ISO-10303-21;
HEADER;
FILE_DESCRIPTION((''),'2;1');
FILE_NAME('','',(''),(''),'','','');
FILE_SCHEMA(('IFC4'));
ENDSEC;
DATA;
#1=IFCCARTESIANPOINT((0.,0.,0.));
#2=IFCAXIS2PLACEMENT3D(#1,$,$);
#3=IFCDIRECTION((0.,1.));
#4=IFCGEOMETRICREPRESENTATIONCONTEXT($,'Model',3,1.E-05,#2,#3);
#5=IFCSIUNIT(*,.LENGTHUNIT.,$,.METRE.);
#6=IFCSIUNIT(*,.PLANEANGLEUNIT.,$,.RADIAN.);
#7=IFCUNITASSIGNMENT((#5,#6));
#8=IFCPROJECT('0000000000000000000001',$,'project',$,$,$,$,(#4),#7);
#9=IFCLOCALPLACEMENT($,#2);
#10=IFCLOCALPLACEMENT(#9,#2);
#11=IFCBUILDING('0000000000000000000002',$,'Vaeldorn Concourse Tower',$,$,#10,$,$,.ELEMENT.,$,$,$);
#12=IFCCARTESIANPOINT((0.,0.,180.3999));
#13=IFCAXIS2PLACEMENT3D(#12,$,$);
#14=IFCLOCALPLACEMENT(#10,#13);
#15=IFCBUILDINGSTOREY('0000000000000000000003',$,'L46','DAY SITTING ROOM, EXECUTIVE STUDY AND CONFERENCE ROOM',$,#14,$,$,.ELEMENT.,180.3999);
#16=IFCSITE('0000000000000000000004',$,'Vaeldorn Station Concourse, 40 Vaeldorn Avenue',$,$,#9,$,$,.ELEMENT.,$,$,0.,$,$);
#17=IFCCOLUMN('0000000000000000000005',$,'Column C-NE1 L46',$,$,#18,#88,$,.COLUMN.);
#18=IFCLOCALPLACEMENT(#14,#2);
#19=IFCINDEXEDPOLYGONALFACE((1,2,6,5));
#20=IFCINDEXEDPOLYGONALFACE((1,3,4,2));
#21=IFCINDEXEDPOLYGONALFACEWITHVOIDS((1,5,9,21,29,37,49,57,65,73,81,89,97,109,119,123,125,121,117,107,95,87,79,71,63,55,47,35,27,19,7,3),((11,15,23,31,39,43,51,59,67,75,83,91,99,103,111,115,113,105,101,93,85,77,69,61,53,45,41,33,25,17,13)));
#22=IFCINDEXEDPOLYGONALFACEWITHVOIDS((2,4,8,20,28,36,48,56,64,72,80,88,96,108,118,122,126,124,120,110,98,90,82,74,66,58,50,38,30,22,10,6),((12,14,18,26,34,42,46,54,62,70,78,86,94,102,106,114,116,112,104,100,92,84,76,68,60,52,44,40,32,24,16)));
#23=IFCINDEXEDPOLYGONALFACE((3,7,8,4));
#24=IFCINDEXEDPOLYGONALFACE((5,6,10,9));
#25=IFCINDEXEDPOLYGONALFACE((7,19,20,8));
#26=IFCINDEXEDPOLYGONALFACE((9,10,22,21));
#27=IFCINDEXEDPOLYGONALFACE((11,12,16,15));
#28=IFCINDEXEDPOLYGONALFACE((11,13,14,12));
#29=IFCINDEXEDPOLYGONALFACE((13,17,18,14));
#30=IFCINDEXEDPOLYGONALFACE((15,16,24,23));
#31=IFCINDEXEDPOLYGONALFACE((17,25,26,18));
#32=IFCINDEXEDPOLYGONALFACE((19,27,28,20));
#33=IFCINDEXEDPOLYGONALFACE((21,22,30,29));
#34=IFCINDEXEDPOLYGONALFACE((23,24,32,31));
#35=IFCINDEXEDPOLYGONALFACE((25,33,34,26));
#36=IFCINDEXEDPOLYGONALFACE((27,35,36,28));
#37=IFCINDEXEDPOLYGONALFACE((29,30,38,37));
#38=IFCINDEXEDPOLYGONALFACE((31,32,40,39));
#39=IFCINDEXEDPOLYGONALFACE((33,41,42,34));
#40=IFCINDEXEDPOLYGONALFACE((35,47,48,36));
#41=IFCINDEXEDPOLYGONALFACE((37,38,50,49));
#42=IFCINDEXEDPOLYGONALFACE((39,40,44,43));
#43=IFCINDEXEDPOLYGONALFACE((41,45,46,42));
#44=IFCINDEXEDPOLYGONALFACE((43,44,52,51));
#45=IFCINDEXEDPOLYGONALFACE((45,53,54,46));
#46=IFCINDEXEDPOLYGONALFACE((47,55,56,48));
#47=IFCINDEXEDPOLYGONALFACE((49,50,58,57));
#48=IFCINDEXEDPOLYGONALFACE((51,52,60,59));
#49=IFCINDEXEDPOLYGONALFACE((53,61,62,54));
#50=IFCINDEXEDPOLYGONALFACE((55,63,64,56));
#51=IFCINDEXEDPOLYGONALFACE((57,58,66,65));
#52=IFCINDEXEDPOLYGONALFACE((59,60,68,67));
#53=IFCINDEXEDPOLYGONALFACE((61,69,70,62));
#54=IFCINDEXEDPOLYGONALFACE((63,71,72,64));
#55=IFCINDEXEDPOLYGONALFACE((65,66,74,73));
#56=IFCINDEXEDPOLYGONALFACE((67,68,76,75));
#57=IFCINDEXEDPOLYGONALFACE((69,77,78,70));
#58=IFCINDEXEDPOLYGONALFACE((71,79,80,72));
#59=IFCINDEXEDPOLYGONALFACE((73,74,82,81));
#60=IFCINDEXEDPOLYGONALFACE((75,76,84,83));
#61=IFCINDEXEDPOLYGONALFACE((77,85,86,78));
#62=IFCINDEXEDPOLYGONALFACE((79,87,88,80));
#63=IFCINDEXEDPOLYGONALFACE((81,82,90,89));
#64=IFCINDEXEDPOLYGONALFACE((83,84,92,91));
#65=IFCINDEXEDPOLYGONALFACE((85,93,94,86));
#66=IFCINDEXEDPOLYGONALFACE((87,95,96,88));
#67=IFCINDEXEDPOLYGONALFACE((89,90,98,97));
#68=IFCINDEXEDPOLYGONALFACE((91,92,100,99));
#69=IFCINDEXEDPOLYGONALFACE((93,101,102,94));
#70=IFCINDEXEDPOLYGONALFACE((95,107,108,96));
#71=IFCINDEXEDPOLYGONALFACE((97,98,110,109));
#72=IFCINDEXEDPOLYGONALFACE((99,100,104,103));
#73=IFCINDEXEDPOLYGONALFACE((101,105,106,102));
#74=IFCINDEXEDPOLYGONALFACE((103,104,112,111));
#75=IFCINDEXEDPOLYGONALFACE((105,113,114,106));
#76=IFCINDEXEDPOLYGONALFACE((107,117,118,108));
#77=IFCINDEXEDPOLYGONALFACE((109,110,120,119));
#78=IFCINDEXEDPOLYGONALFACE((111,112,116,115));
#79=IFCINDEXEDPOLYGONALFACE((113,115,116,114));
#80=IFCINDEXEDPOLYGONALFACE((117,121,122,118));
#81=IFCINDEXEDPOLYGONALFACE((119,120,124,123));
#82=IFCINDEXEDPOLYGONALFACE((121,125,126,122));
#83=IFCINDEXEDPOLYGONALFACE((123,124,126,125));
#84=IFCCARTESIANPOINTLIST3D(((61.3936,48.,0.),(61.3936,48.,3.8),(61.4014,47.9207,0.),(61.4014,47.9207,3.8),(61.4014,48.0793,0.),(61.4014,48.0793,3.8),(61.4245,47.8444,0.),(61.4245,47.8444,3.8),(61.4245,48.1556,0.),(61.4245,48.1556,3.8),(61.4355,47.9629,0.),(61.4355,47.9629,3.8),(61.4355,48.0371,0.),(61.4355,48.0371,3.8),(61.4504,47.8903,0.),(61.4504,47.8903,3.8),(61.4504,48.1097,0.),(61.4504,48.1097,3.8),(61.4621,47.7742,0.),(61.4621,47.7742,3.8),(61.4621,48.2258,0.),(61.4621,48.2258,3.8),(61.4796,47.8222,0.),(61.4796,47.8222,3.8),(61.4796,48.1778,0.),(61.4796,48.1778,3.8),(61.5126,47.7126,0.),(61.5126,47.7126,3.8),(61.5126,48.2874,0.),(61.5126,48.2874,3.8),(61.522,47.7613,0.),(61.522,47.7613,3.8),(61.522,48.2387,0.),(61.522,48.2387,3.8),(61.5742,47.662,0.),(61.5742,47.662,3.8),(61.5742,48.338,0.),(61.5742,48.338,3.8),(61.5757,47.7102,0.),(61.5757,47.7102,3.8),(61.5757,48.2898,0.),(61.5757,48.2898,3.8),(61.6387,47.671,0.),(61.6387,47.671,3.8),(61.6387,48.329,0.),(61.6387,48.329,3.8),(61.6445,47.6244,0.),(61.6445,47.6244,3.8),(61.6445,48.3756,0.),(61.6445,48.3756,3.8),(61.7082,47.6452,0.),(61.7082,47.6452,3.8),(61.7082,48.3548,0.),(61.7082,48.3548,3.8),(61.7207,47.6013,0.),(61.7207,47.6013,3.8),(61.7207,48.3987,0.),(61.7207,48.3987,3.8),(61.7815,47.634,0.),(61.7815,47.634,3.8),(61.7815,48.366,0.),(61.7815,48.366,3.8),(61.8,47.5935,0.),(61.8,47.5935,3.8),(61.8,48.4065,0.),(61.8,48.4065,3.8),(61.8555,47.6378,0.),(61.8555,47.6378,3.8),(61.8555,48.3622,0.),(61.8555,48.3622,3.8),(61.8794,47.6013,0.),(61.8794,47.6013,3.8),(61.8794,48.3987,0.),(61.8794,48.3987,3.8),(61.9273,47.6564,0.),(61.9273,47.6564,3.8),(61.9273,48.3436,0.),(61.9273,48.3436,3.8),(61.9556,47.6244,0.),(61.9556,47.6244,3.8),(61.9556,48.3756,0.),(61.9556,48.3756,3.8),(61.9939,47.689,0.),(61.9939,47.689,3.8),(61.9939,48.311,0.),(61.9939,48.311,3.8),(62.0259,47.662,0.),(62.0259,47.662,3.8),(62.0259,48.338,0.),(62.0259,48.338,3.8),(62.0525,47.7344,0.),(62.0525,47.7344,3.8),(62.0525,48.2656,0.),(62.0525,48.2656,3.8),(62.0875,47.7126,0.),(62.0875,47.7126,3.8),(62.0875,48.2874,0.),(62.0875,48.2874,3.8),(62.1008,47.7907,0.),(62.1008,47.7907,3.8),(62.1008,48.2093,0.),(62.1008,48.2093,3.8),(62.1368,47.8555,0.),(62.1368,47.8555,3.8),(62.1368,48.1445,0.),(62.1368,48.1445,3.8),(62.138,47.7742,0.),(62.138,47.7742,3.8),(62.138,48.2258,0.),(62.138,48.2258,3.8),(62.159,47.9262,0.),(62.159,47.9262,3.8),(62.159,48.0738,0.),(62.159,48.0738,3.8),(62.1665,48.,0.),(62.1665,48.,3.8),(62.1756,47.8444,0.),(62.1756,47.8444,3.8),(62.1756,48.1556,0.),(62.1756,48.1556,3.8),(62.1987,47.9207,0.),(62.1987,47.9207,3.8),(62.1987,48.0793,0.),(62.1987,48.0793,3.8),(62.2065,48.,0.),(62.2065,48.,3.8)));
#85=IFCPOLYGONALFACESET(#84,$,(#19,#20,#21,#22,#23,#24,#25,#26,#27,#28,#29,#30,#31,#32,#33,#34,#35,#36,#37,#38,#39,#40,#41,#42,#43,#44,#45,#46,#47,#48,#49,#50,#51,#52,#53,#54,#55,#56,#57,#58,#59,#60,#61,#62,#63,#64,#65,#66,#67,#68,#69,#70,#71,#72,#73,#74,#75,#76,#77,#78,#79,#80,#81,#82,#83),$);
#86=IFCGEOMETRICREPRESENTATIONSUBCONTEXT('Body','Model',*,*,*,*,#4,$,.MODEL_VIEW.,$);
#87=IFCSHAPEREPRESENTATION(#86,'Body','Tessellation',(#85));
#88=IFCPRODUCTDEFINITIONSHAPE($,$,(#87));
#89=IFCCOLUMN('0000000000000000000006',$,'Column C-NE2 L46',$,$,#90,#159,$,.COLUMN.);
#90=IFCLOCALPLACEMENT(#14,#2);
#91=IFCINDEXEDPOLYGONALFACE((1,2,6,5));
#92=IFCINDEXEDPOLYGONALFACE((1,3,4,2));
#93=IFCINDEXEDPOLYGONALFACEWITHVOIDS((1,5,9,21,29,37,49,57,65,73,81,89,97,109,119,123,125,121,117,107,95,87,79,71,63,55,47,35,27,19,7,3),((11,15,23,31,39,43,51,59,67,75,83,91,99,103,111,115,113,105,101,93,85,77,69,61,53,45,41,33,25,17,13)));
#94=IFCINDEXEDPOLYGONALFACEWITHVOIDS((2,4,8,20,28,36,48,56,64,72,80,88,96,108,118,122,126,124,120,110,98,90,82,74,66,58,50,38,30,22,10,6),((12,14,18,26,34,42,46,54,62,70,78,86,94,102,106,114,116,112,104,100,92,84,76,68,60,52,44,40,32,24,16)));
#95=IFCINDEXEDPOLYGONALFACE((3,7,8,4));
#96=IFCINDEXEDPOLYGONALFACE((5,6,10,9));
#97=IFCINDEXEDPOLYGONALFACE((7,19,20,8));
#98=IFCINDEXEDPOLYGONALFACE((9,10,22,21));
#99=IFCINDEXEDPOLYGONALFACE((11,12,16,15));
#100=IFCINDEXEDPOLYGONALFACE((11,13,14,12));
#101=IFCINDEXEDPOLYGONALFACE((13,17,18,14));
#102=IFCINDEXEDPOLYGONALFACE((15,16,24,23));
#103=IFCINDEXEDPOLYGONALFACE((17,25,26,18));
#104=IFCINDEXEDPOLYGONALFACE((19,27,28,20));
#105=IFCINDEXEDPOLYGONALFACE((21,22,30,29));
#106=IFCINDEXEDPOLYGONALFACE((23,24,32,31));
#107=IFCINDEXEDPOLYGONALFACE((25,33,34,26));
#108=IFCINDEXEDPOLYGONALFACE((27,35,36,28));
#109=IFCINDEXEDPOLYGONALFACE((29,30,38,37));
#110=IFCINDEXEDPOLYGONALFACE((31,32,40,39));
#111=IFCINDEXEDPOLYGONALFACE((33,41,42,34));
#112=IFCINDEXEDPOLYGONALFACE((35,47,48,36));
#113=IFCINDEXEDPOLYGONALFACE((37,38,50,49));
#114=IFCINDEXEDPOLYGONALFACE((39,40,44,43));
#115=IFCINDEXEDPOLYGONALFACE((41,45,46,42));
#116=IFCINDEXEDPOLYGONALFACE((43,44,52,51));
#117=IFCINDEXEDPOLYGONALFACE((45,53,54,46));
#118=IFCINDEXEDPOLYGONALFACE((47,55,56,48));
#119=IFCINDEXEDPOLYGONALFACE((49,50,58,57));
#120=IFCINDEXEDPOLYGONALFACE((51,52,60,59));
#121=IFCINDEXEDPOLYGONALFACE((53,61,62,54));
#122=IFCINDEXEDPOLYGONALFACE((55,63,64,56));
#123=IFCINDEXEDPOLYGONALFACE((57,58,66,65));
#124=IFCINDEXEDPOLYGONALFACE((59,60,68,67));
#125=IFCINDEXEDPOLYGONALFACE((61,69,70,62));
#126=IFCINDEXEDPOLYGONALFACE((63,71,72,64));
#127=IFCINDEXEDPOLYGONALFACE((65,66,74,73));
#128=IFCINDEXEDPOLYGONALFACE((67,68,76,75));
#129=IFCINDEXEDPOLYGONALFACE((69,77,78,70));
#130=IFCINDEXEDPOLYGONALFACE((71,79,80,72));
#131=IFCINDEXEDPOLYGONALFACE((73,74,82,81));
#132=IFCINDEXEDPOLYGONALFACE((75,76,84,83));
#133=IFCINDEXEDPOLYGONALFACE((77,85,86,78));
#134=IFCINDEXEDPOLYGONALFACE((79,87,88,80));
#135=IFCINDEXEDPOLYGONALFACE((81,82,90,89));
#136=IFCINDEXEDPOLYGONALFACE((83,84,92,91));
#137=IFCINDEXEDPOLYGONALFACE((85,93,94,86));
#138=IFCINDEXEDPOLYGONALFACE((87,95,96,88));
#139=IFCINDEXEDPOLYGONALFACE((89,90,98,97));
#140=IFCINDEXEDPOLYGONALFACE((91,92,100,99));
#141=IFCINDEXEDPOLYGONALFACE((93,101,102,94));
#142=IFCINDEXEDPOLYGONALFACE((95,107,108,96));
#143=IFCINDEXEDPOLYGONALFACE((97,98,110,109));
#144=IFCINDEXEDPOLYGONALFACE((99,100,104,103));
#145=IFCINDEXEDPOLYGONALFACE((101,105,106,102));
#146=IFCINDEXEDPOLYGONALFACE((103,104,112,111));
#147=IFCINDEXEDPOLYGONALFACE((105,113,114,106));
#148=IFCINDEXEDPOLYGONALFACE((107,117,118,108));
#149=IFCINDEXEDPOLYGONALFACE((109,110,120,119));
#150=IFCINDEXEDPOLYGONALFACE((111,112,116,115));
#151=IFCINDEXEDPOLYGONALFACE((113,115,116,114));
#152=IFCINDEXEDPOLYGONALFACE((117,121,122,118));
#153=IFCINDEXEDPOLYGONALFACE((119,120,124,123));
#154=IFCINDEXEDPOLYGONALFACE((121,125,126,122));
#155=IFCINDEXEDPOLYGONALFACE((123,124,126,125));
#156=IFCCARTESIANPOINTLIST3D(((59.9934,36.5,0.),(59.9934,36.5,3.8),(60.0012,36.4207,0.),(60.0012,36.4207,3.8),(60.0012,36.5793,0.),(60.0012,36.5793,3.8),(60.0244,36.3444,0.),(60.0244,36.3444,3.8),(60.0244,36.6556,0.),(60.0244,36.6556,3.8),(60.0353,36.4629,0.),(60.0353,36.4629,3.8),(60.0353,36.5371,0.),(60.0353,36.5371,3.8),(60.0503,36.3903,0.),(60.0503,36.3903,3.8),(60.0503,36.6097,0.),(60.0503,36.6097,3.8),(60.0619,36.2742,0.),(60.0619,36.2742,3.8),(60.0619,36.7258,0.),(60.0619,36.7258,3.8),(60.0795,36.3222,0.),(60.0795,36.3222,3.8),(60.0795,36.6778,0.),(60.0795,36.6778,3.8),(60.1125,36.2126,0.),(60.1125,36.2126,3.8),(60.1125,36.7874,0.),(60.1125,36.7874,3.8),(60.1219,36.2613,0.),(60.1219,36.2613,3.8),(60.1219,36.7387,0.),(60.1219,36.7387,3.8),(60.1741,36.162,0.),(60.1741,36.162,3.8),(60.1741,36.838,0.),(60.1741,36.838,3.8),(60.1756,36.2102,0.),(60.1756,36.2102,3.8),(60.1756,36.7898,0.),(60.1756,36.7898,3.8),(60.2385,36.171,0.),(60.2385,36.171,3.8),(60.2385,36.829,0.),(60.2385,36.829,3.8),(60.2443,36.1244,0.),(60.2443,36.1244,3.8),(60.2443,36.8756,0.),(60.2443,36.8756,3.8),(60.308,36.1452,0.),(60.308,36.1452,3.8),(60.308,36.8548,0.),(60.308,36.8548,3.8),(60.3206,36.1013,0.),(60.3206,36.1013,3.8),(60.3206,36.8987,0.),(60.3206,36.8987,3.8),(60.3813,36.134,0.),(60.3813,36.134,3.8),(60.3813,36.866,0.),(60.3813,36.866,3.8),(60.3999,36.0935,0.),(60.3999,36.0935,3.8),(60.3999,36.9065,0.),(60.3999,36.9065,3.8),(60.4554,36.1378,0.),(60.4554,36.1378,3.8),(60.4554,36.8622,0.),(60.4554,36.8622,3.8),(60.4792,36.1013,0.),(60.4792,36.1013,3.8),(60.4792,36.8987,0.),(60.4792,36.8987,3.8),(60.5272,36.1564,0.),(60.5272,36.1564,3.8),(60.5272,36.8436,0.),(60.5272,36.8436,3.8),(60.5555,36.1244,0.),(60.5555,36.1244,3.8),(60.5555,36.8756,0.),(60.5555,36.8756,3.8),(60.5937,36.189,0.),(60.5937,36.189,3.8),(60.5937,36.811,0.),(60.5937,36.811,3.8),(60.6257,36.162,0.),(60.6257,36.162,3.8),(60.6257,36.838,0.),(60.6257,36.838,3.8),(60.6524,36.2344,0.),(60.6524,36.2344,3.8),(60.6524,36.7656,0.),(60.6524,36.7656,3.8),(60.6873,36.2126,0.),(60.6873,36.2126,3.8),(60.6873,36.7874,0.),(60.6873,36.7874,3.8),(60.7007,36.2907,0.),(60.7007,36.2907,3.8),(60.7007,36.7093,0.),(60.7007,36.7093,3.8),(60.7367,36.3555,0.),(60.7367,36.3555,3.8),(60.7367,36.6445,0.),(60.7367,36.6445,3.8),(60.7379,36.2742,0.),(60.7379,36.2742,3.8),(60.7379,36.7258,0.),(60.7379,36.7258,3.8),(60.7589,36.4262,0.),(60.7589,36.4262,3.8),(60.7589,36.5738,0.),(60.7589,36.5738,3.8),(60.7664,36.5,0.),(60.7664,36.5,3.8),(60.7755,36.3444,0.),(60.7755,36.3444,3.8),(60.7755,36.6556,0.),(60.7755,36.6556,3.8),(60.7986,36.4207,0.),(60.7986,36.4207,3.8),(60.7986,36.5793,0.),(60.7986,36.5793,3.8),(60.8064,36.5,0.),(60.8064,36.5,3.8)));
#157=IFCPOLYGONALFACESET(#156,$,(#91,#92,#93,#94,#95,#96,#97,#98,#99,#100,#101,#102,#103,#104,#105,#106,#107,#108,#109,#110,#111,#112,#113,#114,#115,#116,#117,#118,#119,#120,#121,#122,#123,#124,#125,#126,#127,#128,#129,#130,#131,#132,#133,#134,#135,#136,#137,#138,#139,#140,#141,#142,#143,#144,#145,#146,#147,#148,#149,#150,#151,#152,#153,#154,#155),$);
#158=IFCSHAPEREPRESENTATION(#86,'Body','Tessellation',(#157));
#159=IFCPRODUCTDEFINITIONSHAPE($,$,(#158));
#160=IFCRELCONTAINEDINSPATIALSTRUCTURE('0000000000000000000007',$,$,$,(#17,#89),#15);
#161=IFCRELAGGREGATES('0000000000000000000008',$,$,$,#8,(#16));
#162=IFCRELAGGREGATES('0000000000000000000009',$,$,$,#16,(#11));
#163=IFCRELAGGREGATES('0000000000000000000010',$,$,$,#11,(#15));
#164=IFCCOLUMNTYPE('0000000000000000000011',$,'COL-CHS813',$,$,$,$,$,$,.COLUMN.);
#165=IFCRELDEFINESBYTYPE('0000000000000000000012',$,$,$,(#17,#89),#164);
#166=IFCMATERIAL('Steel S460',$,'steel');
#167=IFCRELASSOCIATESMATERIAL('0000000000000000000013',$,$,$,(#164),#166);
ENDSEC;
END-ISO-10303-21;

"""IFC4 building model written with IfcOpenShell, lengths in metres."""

from ifc_helpers import new_model, si_unit, direction, frame, origin, origin_2d, place, context, subcontext, project, spatial, hollow_circle, extrude, source, transform, mapped, material, material_profile, profile_set, type_object, element, save


model = new_model("IFC4")

# Units and contexts
model_context = context("Model", 3, precision=1e-05, world=origin(), true_north=direction((0.0, 1.0)))
body_context = subcontext(model_context, "Body", "Model", "MODEL_VIEW")
ifc_project = project(units=[si_unit("LENGTHUNIT", "METRE"), si_unit("PLANEANGLEUNIT", "RADIAN")], contexts=[model_context])

# Site, building, storey
site_placement = place(None, origin())
site = spatial("IfcSite", under=ifc_project, at=site_placement, Name="Vaeldorn Station Concourse, 40 Vaeldorn Avenue", CompositionType="ELEMENT", RefElevation=0.0)
building_placement = place(site_placement, origin())
building = spatial("IfcBuilding", under=site, at=building_placement, Name="Vaeldorn Concourse Tower", CompositionType="ELEMENT")
storey_placement = place(building_placement, frame((0.0, 0.0, 180.3999)))
storey = spatial("IfcBuildingStorey", under=building, at=storey_placement, Name="L46", Description="DAY SITTING ROOM, EXECUTIVE STUDY AND CONFERENCE ROOM", CompositionType="ELEMENT", Elevation=180.3999)

# Columns
ifc_material_1 = material(Name="Steel S460", Category="steel")
ifc_material_profile_1 = material_profile(ifc_material_1, hollow_circle(Radius=0.4065, WallThickness=0.04, at=origin_2d()), Name="CHS 813x40")
ifc_profile_set_1 = profile_set([ifc_material_profile_1], Name="Steel S460")
column_type = type_object("IfcColumnType", Name="COL-CHS813", PredefinedType="COLUMN", material=ifc_profile_set_1)
shared_shape_1 = source(origin(), body_context, "Body", "SweptSolid", [
    extrude(hollow_circle(Radius=0.4065, WallThickness=0.04, at=origin_2d()), origin(), (0.0, 0.0, 1.0), 3.8),
])
for number, where, z_axis, x_axis, name in (
    (1, (61.8, 48.0, 0.0), (0.0, 0.0, 1.0), (1.0, 0.0, 0.0), "Column C-NE1 L46"),
    (2, (60.3999, 36.5, 0.0), (0.0, 0.0, 1.0), (1.0, 0.0, 0.0), "Column C-NE2 L46"),
):
    element("IfcColumn", number, at=place(storey_placement, frame(where, z_axis=z_axis, x_axis=x_axis)), inside=storey, type_object=column_type, Name=name, PredefinedType="COLUMN", context=body_context, shape_type="MappedRepresentation", body=[
        mapped(shared_shape_1, transform((0.0, 0.0, 0.0), scale=1.0)),
    ])

save(model, "model.ifc")
